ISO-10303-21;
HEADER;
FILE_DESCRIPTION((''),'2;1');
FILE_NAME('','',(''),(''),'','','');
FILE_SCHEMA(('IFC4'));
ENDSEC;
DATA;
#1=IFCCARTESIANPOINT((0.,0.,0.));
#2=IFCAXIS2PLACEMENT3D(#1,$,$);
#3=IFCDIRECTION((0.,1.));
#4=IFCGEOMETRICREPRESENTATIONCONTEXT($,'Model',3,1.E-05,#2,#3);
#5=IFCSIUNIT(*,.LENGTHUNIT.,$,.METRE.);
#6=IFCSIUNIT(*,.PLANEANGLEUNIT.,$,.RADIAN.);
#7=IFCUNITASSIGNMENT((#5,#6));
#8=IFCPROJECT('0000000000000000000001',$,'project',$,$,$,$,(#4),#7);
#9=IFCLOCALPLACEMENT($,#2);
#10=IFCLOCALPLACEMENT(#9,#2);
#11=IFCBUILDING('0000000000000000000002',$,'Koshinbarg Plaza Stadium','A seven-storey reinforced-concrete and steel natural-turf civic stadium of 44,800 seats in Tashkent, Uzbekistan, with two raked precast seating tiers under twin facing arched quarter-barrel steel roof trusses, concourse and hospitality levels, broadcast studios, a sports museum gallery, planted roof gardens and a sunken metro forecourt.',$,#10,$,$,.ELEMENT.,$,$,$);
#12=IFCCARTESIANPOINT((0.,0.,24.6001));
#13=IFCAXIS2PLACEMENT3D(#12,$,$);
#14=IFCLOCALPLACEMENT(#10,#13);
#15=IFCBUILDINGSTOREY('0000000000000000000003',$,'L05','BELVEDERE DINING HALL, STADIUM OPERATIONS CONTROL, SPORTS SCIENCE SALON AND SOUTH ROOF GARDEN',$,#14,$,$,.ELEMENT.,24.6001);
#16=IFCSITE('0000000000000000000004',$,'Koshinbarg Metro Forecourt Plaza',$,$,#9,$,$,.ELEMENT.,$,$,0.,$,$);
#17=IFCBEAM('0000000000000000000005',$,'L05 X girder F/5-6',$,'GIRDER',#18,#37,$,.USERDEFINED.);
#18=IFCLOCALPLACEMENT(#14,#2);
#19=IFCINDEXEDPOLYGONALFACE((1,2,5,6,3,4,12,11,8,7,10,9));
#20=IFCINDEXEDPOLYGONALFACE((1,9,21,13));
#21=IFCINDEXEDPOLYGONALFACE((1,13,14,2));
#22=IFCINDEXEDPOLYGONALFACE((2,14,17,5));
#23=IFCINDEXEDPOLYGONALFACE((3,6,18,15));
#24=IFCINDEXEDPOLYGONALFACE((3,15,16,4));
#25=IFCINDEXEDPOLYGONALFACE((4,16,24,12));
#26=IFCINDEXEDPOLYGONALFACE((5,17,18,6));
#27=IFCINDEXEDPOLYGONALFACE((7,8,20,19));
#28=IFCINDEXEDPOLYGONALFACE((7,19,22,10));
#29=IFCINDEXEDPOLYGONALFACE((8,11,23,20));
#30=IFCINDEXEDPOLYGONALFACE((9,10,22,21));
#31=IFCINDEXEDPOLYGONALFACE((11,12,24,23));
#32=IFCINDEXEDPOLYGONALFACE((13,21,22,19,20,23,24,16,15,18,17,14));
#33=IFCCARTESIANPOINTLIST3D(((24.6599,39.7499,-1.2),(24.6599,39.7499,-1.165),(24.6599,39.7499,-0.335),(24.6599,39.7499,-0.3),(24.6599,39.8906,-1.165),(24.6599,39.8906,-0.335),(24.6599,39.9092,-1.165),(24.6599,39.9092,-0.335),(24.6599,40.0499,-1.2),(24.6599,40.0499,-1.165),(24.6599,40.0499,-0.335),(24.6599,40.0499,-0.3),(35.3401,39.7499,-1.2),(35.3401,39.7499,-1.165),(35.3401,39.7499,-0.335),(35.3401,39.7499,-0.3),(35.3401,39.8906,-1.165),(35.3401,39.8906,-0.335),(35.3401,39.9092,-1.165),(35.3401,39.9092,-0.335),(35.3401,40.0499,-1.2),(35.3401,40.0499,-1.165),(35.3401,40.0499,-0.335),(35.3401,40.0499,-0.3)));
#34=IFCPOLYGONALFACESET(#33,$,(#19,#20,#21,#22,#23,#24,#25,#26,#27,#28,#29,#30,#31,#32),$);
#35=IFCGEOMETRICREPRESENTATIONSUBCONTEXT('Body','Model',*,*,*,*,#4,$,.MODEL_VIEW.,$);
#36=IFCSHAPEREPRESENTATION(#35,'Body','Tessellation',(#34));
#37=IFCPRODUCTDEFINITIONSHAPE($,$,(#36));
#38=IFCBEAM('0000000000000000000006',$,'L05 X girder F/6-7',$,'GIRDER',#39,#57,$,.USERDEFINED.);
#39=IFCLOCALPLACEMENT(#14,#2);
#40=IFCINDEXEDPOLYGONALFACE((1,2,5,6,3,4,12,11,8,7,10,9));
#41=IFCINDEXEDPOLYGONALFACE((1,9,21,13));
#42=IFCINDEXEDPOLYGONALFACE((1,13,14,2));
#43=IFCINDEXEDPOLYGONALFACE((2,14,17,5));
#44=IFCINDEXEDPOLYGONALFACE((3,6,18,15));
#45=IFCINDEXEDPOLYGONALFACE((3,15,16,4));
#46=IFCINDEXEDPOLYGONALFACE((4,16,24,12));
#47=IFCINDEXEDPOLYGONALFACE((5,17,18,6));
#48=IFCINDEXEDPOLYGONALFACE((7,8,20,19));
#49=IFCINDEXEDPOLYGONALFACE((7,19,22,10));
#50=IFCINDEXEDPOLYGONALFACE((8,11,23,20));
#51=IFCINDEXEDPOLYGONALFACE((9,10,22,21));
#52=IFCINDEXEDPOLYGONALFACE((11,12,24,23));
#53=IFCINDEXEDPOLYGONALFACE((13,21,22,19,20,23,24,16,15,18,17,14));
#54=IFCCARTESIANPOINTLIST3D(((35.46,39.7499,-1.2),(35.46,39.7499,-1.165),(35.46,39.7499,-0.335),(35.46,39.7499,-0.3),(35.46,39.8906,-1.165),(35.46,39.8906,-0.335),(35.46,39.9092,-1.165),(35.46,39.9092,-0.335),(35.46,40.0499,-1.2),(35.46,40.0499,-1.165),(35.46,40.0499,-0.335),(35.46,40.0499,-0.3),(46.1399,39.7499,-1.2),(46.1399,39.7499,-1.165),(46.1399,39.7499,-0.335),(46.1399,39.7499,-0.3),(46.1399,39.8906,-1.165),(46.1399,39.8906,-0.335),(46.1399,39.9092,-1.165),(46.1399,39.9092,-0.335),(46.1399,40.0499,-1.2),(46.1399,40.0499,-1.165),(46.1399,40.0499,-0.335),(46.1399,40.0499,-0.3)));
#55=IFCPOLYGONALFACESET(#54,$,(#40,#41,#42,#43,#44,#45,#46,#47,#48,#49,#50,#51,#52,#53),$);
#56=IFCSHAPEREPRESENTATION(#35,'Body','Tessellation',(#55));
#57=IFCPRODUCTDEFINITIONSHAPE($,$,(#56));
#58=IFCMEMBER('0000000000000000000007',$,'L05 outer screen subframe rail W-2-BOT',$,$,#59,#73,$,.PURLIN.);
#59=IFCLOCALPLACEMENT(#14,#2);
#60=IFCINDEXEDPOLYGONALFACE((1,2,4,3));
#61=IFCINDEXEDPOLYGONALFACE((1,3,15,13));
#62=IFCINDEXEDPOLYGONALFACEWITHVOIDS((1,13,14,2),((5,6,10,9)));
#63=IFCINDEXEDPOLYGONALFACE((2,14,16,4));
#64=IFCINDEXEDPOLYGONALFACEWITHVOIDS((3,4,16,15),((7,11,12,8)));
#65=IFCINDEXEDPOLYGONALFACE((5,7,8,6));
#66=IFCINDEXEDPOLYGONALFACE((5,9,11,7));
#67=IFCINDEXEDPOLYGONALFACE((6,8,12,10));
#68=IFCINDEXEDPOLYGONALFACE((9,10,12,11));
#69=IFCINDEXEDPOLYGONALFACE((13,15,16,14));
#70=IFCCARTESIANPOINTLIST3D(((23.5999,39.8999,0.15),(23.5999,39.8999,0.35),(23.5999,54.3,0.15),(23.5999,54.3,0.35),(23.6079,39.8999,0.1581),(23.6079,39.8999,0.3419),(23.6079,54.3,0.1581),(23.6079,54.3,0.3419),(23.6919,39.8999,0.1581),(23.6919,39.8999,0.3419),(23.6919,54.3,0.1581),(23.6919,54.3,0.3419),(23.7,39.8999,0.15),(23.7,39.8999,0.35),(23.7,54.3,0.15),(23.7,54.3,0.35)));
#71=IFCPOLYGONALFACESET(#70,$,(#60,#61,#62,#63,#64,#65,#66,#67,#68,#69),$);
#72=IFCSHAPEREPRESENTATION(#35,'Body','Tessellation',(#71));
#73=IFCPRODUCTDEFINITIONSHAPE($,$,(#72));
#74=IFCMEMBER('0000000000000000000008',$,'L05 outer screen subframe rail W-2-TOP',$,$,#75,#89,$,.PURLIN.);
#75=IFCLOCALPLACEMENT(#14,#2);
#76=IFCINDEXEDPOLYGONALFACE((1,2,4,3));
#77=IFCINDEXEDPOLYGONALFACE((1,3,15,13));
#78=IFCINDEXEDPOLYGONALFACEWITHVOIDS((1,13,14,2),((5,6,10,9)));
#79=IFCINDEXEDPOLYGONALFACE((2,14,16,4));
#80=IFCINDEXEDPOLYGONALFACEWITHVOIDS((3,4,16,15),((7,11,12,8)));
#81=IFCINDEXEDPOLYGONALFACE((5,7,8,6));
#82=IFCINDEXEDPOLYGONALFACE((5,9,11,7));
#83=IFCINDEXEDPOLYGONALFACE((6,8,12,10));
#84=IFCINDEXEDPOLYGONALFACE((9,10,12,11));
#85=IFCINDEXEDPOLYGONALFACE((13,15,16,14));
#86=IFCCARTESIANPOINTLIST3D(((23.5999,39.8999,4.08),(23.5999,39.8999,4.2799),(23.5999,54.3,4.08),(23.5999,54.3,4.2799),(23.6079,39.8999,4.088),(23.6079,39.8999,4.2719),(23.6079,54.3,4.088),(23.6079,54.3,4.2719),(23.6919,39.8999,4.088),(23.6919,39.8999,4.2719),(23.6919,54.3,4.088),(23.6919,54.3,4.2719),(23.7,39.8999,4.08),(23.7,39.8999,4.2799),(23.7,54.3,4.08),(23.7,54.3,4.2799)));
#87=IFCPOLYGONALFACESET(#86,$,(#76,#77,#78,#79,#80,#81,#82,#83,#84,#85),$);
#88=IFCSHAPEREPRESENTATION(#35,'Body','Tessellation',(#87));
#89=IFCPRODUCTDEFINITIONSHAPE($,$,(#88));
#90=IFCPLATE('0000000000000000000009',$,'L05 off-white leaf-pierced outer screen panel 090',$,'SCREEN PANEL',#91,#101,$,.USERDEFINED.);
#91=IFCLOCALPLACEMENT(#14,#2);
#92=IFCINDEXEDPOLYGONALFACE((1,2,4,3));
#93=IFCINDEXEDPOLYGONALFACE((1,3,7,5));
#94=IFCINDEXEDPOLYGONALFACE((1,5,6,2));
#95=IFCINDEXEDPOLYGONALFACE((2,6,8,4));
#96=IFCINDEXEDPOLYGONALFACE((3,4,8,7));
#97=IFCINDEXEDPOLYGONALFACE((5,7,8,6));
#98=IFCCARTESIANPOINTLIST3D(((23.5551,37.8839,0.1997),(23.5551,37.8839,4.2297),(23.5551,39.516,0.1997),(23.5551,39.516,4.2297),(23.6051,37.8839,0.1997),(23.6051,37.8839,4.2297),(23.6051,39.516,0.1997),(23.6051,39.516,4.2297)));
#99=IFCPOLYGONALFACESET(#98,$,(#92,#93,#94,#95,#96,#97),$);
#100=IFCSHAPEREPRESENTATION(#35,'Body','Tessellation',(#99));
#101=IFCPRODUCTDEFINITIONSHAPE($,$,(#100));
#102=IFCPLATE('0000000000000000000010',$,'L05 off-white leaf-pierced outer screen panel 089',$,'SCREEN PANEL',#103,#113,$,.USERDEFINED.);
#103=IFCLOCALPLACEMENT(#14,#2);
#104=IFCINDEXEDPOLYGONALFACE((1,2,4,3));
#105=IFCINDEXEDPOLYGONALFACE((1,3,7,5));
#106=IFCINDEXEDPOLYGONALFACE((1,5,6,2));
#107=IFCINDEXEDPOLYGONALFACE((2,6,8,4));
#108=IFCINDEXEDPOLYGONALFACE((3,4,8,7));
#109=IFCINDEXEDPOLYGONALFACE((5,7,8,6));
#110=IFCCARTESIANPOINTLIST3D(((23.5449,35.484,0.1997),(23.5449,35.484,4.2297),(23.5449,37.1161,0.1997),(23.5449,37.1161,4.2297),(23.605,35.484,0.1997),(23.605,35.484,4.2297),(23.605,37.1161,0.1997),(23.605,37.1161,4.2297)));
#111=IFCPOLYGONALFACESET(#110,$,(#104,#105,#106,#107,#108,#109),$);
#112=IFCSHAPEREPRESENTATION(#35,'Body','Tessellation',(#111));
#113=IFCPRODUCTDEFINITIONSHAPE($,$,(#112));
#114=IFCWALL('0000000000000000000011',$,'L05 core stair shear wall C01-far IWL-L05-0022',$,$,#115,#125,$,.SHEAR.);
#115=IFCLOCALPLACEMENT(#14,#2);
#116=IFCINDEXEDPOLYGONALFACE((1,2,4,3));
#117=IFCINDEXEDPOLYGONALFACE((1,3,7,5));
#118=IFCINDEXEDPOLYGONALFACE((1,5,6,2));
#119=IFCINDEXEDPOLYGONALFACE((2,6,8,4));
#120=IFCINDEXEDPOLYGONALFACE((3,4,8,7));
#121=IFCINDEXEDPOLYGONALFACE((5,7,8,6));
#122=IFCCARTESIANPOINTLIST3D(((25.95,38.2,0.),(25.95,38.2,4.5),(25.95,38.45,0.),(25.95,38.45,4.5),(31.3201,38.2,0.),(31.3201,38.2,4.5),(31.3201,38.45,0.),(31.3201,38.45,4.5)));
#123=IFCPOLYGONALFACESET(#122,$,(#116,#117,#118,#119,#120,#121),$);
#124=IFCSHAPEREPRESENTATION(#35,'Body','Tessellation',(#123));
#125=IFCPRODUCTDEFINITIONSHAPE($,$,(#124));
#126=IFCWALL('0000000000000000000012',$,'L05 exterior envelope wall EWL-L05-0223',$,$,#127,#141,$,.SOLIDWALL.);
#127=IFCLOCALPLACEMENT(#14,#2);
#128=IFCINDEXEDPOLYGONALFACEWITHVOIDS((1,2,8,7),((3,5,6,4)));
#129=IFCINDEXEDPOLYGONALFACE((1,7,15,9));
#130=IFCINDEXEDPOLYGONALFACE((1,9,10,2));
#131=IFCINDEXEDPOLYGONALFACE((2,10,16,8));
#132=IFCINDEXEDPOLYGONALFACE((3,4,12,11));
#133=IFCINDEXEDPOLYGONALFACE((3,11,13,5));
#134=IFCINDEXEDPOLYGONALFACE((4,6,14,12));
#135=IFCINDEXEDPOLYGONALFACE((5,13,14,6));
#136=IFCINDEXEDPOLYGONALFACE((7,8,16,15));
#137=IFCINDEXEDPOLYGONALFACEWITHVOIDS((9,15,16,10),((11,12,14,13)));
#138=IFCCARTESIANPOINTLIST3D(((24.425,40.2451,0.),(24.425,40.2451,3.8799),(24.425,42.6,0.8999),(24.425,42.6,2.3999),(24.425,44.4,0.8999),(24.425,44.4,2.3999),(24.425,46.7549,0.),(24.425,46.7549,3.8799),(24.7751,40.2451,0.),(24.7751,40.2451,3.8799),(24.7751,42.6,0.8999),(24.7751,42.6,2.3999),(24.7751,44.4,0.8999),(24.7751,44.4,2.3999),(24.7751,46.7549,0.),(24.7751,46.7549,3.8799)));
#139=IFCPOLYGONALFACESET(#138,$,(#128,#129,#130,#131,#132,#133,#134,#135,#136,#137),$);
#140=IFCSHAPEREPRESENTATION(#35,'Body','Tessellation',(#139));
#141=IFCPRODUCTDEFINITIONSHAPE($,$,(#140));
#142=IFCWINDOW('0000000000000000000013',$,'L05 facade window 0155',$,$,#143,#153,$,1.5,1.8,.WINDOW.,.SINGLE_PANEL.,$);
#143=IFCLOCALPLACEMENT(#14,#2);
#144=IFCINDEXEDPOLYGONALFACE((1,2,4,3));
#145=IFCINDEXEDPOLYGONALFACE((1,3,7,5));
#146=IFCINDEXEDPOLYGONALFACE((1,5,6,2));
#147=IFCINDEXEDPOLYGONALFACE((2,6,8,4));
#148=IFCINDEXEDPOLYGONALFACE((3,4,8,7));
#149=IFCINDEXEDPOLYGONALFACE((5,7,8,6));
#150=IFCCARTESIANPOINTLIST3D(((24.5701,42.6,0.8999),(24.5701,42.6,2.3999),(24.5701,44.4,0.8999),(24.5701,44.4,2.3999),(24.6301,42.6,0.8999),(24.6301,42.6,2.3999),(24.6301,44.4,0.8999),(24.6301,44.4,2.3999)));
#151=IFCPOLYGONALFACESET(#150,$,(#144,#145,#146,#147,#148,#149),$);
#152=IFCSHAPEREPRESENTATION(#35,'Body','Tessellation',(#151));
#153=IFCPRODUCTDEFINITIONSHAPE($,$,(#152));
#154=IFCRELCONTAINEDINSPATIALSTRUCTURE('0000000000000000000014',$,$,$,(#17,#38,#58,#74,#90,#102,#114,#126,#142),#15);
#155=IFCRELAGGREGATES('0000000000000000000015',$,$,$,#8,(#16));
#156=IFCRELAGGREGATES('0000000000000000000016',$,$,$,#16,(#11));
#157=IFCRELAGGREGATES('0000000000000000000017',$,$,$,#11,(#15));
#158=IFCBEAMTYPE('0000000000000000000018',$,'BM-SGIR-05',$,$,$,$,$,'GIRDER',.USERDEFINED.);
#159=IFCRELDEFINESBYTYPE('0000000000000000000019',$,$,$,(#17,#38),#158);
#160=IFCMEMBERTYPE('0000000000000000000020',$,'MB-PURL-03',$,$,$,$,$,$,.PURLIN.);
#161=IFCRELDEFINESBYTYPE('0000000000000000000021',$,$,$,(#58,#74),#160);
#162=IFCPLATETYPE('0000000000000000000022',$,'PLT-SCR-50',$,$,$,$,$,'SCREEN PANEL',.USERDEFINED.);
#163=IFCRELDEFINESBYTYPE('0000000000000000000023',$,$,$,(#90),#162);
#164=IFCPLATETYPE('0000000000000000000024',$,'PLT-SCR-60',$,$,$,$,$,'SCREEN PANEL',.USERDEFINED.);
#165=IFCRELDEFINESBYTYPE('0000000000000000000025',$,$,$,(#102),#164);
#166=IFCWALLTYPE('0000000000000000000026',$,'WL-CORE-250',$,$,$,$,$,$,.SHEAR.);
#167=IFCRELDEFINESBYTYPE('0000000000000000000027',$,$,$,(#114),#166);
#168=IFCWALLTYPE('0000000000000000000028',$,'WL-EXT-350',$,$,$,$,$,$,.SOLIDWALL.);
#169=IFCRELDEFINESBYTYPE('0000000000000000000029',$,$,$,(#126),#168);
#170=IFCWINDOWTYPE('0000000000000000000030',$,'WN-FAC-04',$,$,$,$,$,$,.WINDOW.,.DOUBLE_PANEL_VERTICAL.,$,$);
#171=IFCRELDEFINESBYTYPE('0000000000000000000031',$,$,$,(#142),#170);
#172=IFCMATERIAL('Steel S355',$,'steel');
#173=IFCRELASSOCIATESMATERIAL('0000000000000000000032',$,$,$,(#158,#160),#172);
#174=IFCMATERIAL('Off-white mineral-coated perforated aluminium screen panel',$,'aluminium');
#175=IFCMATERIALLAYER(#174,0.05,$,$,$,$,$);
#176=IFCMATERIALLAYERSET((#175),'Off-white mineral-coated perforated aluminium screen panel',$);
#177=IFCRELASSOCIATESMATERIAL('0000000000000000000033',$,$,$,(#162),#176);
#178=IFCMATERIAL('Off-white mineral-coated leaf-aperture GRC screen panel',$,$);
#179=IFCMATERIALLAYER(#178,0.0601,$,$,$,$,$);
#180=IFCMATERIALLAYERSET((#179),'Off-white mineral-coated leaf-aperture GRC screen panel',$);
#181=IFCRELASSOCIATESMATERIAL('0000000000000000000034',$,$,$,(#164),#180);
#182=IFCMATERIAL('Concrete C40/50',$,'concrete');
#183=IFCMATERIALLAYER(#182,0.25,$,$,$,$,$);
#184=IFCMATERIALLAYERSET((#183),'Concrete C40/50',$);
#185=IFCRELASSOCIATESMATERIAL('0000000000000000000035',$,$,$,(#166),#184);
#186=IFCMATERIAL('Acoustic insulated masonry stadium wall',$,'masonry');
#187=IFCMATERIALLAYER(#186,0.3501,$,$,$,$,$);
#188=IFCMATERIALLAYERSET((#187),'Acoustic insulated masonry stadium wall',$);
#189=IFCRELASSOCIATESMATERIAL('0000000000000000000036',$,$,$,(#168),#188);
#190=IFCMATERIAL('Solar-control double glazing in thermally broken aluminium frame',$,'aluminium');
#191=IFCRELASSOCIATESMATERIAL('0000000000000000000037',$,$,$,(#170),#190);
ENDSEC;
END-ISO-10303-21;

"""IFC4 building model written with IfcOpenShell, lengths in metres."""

from ifc_helpers import new_model, si_unit, direction, frame, frame_2d, origin, origin_2d, place, context, subcontext, project, spatial, rectangle, hollow_rectangle, i_section, extrude, material, layer, layer_set, material_profile, profile_set, type_object, element, fill, save


model = new_model("IFC4")

# Units and contexts
model_context = context("Model", 3, precision=1e-05, world=origin(), true_north=direction((0.0, 1.0)))
body_context = subcontext(model_context, "Body", "Model", "MODEL_VIEW")
ifc_project = project(units=[si_unit("LENGTHUNIT", "METRE"), si_unit("PLANEANGLEUNIT", "RADIAN")], contexts=[model_context])

# Site, building, storey
site_placement = place(None, origin())
site = spatial("IfcSite", under=ifc_project, at=site_placement, Name="Koshinbarg Metro Forecourt Plaza", CompositionType="ELEMENT", RefElevation=0.0)
building_placement = place(site_placement, origin())
building = spatial("IfcBuilding", under=site, at=building_placement, Name="Koshinbarg Plaza Stadium", Description="A seven-storey reinforced-concrete and steel natural-turf civic stadium of 44,800 seats in Tashkent, Uzbekistan, with two raked precast seating tiers under twin facing arched quarter-barrel steel roof trusses, concourse and hospitality levels, broadcast studios, a sports museum gallery, planted roof gardens and a sunken metro forecourt.", CompositionType="ELEMENT")
storey_placement = place(building_placement, frame((0.0, 0.0, 24.6001)))
storey = spatial("IfcBuildingStorey", under=building, at=storey_placement, Name="L05", Description="BELVEDERE DINING HALL, STADIUM OPERATIONS CONTROL, SPORTS SCIENCE SALON AND SOUTH ROOF GARDEN", CompositionType="ELEMENT", Elevation=24.6001)

# Shared definitions
ifc_material_1 = material(Name="Concrete C40/50", Category="concrete")
ifc_material_2 = material(Name="Steel S355", Category="steel")

# Beams
ifc_material_profile_1 = material_profile(ifc_material_2, i_section(OverallWidth=0.3, OverallDepth=0.8999, WebThickness=0.0186, FlangeThickness=0.0349, at=origin_2d()), Name="HEB 900")
ifc_profile_set_1 = profile_set([ifc_material_profile_1], Name="Steel S355")
beam_type_1 = type_object("IfcBeamType", Name="BM-SGIR-05", ElementType="GIRDER", PredefinedType="USERDEFINED", material=ifc_profile_set_1)
beam_1_placement = place(storey_placement, frame((24.6599, 39.8999, -0.75), z_axis=(1.0, 0.0, 0.0), x_axis=(0.0, 1.0, 0.0)))
element("IfcBeam", 1, at=beam_1_placement, inside=storey, type_object=beam_type_1, Name="L05 X girder F/5-6", ObjectType="GIRDER", PredefinedType="USERDEFINED", context=body_context, shape_type="SweptSolid", body=[
    extrude(i_section(OverallWidth=0.3, OverallDepth=0.8999, WebThickness=0.0186, FlangeThickness=0.0349, at=origin_2d()), origin(), (0.0, 0.0, 1.0), 10.6802),
])
beam_2_placement = place(storey_placement, frame((35.46, 39.8999, -0.75), z_axis=(1.0, 0.0, 0.0), x_axis=(0.0, 1.0, 0.0)))
element("IfcBeam", 2, at=beam_2_placement, inside=storey, type_object=beam_type_1, Name="L05 X girder F/6-7", ObjectType="GIRDER", PredefinedType="USERDEFINED", context=body_context, shape_type="SweptSolid", body=[
    extrude(i_section(OverallWidth=0.3, OverallDepth=0.8999, WebThickness=0.0186, FlangeThickness=0.0349, at=origin_2d()), origin(), (0.0, 0.0, 1.0), 10.6799),
])

# Members
ifc_material_profile_2 = material_profile(ifc_material_2, hollow_rectangle(XDim=0.1001, YDim=0.2, WallThickness=0.0081, at=origin_2d()), Name="RHS 200x100x8")
ifc_profile_set_2 = profile_set([ifc_material_profile_2], Name="Steel S355")
member_type = type_object("IfcMemberType", Name="MB-PURL-03", PredefinedType="PURLIN", material=ifc_profile_set_2)
for number, where, z_axis, x_axis, name in (
    (3, (23.6499, 39.8999, 0.25), (0.0, 1.0, 0.0), (-1.0, 0.0, 0.0), "L05 outer screen subframe rail W-2-BOT"),
    (4, (23.6499, 39.8999, 4.1799), (0.0, 1.0, 0.0), (-1.0, 0.0, 0.0), "L05 outer screen subframe rail W-2-TOP"),
):
    element("IfcMember", number, at=place(storey_placement, frame(where, z_axis=z_axis, x_axis=x_axis)), inside=storey, type_object=member_type, Name=name, PredefinedType="PURLIN", context=body_context, shape_type="SweptSolid", body=[
        extrude(hollow_rectangle(XDim=0.1001, YDim=0.2, WallThickness=0.0081, at=origin_2d()), origin(), (0.0, 0.0, 1.0), 14.4001),
    ])

# Plates
ifc_material_3 = material(Name="Off-white mineral-coated perforated aluminium screen panel", Category="aluminium")
ifc_layer_1 = layer(ifc_material_3, 0.05)
ifc_layer_set_1 = layer_set([ifc_layer_1], Name="Off-white mineral-coated perforated aluminium screen panel")
plate_type_1 = type_object("IfcPlateType", Name="PLT-SCR-50", ElementType="SCREEN PANEL", PredefinedType="USERDEFINED", material=ifc_layer_set_1)
plate_1_placement = place(storey_placement, frame((23.5801, 38.7, 0.1997), z_axis=(0.0, 0.0, 1.0), x_axis=(1.0, 0.0, 0.0)))
element("IfcPlate", 5, at=plate_1_placement, inside=storey, type_object=plate_type_1, Name="L05 off-white leaf-pierced outer screen panel 090", ObjectType="SCREEN PANEL", PredefinedType="USERDEFINED", context=body_context, shape_type="SweptSolid", body=[
    extrude(rectangle(XDim=0.05, YDim=1.6321, at=origin_2d()), origin(), (0.0, 0.0, 1.0), 4.03),
])
ifc_material_4 = material(Name="Off-white mineral-coated leaf-aperture GRC screen panel")
ifc_layer_2 = layer(ifc_material_4, 0.0601)
ifc_layer_set_2 = layer_set([ifc_layer_2], Name="Off-white mineral-coated leaf-aperture GRC screen panel")
plate_type_2 = type_object("IfcPlateType", Name="PLT-SCR-60", ElementType="SCREEN PANEL", PredefinedType="USERDEFINED", material=ifc_layer_set_2)
plate_2_placement = place(storey_placement, frame((23.575, 36.3, 0.1997), z_axis=(0.0, 0.0, 1.0), x_axis=(1.0, 0.0, 0.0)))
element("IfcPlate", 6, at=plate_2_placement, inside=storey, type_object=plate_type_2, Name="L05 off-white leaf-pierced outer screen panel 089", ObjectType="SCREEN PANEL", PredefinedType="USERDEFINED", context=body_context, shape_type="SweptSolid", body=[
    extrude(rectangle(XDim=0.0601, YDim=1.6321, at=origin_2d()), origin(), (0.0, 0.0, 1.0), 4.03),
])

# Wall
ifc_layer_3 = layer(ifc_material_1, 0.25)
ifc_layer_set_3 = layer_set([ifc_layer_3], Name="Concrete C40/50")
wall_type_1 = type_object("IfcWallType", Name="WL-CORE-250", PredefinedType="SHEAR", material=ifc_layer_set_3)
wall_1_placement = place(storey_placement, frame((31.3201, 38.325, 0.0), z_axis=(0.0, 0.0, 1.0), x_axis=(-1.0, 0.0, 0.0)))
element("IfcWall", 7, at=wall_1_placement, inside=storey, type_object=wall_type_1, Name="L05 core stair shear wall C01-far IWL-L05-0022", PredefinedType="SHEAR", context=body_context, shape_type="SweptSolid", body=[
    extrude(rectangle(XDim=5.3701, YDim=0.25, at=frame_2d((2.6851, 0.0))), origin(), (0.0, 0.0, 1.0), 4.5),
])

# Wall, opening, window
ifc_material_5 = material(Name="Acoustic insulated masonry stadium wall", Category="masonry")
ifc_layer_4 = layer(ifc_material_5, 0.3501)
ifc_layer_set_4 = layer_set([ifc_layer_4], Name="Acoustic insulated masonry stadium wall")
wall_type_2 = type_object("IfcWallType", Name="WL-EXT-350", PredefinedType="SOLIDWALL", material=ifc_layer_set_4)
wall_2_placement = place(storey_placement, frame((24.6001, 40.2451, 0.0), z_axis=(0.0, 0.0, 1.0), x_axis=(0.0, 1.0, 0.0)))
wall_2 = element("IfcWall", 8, at=wall_2_placement, inside=storey, type_object=wall_type_2, Name="L05 exterior envelope wall EWL-L05-0223", PredefinedType="SOLIDWALL", context=body_context, shape_type="SweptSolid", body=[
    extrude(rectangle(XDim=6.5098, YDim=0.3501, at=frame_2d((3.2549, 0.0))), origin(), (0.0, 0.0, 1.0), 3.8799),
])
opening_1_placement = place(wall_2_placement, frame((2.355, 0.0, 0.8999)))
opening_1 = element("IfcOpeningElement", 9, at=opening_1_placement, cuts=wall_2, PredefinedType="OPENING", context=body_context, shape_type="SweptSolid", body=[
    extrude(rectangle(XDim=1.8, YDim=1.5, at=frame_2d((0.8999, 0.75))), frame((0.0, 0.1851, 0.0), z_axis=(0.0, -1.0, 0.0), x_axis=(1.0, 0.0, 0.0)), (0.0, 0.0, 1.0), 0.3701),
])
ifc_material_6 = material(Name="Solar-control double glazing in thermally broken aluminium frame", Category="aluminium")
window_type = type_object("IfcWindowType", Name="WN-FAC-04", PartitioningType="DOUBLE_PANEL_VERTICAL", PredefinedType="WINDOW", material=ifc_material_6)
window_placement = place(opening_1_placement, origin())
window = element("IfcWindow", 10, at=window_placement, inside=storey, type_object=window_type, Name="L05 facade window 0155", OverallHeight=1.5, OverallWidth=1.8, PartitioningType="SINGLE_PANEL", PredefinedType="WINDOW", context=body_context, shape_type="SweptSolid", body=[
    extrude(rectangle(XDim=1.8, YDim=1.5, at=frame_2d((0.8999, 0.75))), frame((0.0, 0.03, 0.0), z_axis=(0.0, -1.0, 0.0), x_axis=(1.0, 0.0, 0.0)), (0.0, 0.0, 1.0), 0.0601),
])
fill(opening_1, window)

save(model, "model.ifc")
